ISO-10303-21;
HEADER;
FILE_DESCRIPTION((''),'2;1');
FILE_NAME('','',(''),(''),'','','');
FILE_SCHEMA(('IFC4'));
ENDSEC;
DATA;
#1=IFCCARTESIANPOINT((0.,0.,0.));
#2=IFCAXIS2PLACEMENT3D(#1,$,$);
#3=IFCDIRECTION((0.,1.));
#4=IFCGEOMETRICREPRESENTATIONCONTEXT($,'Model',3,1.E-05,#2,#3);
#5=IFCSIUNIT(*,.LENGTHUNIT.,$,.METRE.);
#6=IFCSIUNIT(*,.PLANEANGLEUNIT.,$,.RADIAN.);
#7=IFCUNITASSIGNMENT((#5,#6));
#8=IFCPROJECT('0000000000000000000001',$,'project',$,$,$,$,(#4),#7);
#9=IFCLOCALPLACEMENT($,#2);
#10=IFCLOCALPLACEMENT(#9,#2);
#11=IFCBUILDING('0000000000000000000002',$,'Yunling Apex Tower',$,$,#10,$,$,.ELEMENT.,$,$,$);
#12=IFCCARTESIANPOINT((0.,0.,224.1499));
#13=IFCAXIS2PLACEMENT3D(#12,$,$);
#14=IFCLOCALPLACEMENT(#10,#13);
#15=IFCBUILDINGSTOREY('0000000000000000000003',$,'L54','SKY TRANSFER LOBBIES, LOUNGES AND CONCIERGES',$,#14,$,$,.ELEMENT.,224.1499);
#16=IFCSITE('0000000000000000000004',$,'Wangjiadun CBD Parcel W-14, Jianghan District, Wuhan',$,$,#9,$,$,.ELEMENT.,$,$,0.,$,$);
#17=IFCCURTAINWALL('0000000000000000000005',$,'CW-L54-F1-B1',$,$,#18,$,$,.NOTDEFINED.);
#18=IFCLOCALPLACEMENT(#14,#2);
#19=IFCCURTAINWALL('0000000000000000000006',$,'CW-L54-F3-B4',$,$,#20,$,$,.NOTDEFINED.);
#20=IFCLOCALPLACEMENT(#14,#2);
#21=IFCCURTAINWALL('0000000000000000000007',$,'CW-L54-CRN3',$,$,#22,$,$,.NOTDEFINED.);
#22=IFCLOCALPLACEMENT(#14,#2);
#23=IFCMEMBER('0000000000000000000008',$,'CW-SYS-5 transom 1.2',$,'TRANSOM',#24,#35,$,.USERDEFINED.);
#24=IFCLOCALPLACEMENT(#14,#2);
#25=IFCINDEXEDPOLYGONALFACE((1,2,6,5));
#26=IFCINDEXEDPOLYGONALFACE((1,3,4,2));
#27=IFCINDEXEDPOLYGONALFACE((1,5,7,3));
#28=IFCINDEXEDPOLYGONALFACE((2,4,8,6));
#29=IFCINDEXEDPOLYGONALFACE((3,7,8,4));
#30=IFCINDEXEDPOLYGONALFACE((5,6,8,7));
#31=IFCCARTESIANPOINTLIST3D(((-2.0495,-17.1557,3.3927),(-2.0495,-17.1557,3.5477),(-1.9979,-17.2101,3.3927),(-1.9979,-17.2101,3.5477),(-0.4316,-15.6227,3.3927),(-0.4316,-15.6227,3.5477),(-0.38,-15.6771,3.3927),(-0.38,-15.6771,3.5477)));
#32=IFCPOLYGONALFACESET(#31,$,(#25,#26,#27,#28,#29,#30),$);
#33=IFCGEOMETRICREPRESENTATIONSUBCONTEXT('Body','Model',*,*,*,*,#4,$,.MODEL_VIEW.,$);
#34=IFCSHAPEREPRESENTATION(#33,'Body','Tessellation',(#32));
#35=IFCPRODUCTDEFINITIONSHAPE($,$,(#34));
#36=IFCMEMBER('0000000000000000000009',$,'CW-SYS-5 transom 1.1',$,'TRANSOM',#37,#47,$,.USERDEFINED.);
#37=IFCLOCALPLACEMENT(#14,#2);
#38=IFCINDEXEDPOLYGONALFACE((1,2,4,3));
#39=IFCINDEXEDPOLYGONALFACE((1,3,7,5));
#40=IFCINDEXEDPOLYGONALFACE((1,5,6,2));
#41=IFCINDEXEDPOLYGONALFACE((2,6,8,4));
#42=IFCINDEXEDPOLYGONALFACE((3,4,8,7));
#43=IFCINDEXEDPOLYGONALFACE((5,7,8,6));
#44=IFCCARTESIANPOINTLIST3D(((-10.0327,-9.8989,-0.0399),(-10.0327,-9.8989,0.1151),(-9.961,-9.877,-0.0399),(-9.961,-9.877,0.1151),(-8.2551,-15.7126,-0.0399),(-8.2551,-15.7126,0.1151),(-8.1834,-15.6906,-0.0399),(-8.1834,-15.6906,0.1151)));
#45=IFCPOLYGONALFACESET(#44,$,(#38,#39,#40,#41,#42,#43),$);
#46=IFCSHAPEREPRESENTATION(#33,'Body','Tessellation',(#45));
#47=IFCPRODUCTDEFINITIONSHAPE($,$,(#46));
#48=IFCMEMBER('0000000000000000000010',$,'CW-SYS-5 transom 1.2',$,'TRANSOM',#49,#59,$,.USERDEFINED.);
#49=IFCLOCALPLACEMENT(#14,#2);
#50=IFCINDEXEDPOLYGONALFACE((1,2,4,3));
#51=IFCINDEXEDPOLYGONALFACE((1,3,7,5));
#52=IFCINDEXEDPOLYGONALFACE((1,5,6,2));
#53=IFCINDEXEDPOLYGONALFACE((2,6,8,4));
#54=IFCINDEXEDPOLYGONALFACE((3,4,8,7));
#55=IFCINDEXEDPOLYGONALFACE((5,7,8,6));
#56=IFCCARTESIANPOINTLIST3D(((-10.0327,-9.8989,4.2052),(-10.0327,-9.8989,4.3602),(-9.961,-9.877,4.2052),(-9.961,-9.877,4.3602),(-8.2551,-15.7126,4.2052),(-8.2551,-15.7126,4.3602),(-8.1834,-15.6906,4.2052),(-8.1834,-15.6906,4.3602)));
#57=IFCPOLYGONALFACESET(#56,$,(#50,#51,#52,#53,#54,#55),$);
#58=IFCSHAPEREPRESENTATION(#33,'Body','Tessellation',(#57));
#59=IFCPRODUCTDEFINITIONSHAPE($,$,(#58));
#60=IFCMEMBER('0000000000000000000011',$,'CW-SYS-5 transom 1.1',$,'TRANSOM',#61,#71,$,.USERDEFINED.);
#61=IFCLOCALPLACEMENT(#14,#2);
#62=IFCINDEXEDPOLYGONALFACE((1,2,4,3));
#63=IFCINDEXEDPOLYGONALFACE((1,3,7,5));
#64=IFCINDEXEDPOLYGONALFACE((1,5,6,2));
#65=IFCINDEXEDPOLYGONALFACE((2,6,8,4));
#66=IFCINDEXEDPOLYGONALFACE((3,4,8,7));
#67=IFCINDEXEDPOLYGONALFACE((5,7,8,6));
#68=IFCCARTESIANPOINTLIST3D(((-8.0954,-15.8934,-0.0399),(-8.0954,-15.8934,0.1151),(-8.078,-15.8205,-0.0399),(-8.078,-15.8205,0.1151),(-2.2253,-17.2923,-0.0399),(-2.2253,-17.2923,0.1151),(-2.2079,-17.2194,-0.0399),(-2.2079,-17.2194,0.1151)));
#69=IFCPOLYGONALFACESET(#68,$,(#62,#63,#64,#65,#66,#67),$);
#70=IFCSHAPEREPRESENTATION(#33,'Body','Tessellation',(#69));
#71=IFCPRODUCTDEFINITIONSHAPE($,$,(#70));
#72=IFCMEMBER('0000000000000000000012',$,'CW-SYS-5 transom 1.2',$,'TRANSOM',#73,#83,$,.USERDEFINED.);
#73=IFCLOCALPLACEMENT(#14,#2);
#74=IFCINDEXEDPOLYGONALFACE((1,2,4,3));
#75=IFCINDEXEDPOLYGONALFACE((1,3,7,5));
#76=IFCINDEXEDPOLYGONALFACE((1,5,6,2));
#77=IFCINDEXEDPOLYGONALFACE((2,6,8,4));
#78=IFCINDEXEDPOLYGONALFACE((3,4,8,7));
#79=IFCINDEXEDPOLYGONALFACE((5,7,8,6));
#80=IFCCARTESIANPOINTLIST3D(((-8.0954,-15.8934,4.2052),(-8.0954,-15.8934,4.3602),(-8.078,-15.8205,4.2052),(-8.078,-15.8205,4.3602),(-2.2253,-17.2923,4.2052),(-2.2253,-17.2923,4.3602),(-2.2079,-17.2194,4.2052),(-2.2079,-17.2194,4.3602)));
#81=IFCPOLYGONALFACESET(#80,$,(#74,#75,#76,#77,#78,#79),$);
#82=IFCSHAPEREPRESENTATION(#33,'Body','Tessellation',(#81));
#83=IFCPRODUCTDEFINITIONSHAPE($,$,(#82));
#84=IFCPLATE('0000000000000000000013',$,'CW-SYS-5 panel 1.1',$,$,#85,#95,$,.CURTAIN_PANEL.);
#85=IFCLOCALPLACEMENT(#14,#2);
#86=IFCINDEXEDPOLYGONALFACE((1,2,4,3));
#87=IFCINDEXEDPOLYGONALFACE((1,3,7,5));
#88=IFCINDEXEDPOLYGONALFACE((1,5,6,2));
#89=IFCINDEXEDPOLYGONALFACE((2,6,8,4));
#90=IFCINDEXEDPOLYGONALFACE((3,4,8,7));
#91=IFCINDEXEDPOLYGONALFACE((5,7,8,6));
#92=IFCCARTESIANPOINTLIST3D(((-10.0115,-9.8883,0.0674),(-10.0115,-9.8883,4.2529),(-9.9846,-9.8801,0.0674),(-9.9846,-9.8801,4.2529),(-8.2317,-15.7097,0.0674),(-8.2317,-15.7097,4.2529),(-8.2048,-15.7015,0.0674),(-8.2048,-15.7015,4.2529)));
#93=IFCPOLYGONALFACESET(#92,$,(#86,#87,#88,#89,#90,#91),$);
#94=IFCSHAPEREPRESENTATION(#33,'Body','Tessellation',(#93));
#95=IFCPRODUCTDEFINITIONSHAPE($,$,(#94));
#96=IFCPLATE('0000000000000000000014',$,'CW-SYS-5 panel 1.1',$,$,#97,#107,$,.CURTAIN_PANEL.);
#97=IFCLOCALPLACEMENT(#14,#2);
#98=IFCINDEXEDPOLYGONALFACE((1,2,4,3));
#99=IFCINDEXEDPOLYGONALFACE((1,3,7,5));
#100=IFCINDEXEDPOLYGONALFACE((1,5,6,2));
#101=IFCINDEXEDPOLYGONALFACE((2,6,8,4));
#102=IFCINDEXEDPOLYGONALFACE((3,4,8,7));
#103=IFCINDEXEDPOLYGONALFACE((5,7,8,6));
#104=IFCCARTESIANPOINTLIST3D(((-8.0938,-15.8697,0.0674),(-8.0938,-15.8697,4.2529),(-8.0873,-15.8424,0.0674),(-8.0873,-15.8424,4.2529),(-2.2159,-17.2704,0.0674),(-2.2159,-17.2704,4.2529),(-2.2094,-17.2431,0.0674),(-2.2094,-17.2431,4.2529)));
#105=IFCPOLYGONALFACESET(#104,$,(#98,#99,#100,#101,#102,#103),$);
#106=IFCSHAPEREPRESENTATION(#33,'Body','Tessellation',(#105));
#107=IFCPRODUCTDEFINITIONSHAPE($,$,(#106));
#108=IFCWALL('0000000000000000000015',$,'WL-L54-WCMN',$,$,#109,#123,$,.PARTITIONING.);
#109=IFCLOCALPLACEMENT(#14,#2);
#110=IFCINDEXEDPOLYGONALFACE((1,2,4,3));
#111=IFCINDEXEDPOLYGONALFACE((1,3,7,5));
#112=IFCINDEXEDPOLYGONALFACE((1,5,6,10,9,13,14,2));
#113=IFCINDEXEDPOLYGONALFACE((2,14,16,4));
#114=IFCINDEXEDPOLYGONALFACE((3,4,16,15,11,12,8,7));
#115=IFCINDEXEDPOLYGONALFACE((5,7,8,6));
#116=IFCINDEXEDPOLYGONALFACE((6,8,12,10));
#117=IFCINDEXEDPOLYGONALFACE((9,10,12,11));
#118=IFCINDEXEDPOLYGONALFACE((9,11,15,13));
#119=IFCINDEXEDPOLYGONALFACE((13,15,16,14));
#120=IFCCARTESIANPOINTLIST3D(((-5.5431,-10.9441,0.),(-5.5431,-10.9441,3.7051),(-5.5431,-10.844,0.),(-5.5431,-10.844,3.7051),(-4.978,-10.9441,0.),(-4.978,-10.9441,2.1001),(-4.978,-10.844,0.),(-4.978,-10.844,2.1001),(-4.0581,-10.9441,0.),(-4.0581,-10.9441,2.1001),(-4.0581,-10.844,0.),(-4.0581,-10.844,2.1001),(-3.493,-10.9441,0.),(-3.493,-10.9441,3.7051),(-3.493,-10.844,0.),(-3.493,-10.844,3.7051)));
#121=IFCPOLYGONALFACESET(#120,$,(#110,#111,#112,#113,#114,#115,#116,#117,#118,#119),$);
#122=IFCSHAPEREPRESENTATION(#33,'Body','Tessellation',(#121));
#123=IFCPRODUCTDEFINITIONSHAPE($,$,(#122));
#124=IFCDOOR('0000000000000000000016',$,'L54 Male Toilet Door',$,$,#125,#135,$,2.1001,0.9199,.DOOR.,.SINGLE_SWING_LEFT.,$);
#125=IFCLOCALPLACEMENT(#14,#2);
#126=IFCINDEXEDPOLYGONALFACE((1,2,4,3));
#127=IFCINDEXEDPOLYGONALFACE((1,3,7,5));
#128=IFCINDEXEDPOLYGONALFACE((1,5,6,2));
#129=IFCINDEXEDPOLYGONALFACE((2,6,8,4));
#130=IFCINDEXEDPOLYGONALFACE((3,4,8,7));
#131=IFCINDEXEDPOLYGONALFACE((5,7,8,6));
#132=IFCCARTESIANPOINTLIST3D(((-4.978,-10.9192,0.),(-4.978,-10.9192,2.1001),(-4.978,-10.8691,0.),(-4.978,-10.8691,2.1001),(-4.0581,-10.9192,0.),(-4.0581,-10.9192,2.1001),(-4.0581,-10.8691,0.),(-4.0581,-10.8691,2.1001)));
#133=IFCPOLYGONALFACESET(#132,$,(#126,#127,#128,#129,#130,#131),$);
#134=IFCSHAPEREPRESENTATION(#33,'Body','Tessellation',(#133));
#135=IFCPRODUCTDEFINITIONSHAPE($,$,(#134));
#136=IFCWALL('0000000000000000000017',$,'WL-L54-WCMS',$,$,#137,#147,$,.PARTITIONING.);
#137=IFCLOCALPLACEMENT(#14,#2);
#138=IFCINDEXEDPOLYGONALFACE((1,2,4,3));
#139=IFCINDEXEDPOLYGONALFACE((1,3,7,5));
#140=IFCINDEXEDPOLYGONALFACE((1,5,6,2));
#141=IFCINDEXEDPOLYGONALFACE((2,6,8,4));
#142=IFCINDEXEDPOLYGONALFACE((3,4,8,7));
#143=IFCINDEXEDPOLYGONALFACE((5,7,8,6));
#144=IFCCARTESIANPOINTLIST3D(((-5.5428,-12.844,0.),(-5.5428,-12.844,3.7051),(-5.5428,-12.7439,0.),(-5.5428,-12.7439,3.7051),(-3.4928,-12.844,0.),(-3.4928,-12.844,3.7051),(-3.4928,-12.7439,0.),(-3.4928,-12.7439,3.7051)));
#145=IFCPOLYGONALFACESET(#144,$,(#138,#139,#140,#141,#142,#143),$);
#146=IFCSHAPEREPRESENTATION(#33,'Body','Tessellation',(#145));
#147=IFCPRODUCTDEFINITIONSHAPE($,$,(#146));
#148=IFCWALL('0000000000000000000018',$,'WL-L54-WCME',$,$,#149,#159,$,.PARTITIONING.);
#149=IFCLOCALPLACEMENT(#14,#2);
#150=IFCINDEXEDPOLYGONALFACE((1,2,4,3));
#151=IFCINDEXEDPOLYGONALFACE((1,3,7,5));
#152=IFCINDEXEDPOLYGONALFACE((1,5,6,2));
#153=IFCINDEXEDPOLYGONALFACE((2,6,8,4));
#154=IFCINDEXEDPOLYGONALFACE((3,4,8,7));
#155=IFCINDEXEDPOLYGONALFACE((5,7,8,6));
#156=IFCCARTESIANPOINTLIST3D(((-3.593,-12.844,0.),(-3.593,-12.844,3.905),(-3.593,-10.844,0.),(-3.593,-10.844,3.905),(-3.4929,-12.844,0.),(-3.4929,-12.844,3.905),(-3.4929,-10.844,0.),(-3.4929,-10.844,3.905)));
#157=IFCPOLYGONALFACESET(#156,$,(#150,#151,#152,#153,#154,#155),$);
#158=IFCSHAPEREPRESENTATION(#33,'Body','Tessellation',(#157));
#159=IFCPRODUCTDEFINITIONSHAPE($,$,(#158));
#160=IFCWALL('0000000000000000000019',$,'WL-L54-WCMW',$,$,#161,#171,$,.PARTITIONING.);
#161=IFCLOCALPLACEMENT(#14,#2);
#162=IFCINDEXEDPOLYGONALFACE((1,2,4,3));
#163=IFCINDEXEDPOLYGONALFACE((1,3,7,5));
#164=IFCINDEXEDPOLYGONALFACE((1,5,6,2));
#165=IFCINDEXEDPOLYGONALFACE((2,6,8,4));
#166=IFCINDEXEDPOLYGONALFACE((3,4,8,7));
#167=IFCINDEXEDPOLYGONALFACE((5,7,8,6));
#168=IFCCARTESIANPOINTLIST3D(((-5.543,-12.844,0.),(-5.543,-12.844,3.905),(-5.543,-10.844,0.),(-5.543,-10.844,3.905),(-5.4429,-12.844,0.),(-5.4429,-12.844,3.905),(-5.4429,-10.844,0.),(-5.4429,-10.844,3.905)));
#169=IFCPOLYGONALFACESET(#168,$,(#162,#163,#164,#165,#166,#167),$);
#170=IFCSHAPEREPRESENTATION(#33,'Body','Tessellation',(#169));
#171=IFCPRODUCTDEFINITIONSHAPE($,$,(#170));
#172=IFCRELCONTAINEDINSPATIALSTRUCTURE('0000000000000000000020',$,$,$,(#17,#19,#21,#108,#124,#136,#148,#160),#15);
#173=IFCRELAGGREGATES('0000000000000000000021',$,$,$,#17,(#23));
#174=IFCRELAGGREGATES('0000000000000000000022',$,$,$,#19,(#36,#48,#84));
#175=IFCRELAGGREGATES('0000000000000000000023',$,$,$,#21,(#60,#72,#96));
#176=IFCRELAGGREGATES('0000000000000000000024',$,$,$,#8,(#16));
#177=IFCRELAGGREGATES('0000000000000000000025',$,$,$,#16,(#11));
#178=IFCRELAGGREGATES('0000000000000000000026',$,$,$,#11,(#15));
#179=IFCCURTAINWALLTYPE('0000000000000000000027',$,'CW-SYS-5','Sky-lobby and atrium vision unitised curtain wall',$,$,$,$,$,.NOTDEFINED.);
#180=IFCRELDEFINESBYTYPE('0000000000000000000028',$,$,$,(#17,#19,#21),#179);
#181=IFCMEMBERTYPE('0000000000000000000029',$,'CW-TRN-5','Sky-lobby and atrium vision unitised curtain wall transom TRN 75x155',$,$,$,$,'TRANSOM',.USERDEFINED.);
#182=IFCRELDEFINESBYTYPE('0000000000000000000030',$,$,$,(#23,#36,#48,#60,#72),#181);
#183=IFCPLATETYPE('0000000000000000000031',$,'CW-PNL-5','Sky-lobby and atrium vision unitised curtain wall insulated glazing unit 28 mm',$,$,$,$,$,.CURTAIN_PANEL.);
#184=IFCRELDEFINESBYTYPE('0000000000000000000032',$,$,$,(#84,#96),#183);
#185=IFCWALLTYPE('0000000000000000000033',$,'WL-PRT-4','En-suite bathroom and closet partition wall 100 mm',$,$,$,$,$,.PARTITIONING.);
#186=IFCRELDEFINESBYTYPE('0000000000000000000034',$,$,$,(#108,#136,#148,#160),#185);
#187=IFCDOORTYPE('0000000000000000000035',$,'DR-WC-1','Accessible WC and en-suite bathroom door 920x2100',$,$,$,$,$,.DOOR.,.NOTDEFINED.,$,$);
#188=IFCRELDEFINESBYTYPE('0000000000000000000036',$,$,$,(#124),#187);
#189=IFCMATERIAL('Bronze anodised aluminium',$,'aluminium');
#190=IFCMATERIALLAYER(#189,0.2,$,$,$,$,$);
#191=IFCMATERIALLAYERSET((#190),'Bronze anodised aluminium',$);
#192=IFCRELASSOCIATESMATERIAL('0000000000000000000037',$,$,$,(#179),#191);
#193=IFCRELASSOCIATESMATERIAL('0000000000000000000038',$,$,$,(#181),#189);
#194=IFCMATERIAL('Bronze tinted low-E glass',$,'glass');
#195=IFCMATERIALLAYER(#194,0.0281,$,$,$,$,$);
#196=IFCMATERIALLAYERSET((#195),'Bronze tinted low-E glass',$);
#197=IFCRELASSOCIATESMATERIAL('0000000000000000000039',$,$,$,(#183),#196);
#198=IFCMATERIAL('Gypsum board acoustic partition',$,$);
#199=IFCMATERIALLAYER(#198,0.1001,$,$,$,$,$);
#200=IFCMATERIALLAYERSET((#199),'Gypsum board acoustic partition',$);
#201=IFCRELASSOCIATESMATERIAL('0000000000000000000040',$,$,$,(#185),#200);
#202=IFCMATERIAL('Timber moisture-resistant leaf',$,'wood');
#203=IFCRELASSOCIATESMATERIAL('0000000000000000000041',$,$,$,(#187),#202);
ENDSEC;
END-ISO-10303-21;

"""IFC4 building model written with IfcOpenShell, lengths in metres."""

from ifc_helpers import new_model, si_unit, direction, frame, frame_2d, origin, origin_2d, place, context, subcontext, project, spatial, rectangle, extrude, source, transform, mapped, material, layer, layer_set, material_profile, profile_set, type_object, element, fill, aggregate, save


model = new_model("IFC4")

# Units and contexts
model_context = context("Model", 3, precision=1e-05, world=origin(), true_north=direction((0.0, 1.0)))
body_context = subcontext(model_context, "Body", "Model", "MODEL_VIEW")
ifc_project = project(units=[si_unit("LENGTHUNIT", "METRE"), si_unit("PLANEANGLEUNIT", "RADIAN")], contexts=[model_context])

# Site, building, storey
site_placement = place(None, origin())
site = spatial("IfcSite", under=ifc_project, at=site_placement, Name="Wangjiadun CBD Parcel W-14, Jianghan District, Wuhan", CompositionType="ELEMENT", RefElevation=0.0)
building_placement = place(site_placement, origin())
building = spatial("IfcBuilding", under=site, at=building_placement, Name="Yunling Apex Tower", CompositionType="ELEMENT")
storey_placement = place(building_placement, frame((0.0, 0.0, 224.1499)))
storey = spatial("IfcBuildingStorey", under=building, at=storey_placement, Name="L54", Description="SKY TRANSFER LOBBIES, LOUNGES AND CONCIERGES", CompositionType="ELEMENT", Elevation=224.1499)

# Curtain wall
ifc_material_1 = material(Name="Bronze anodised aluminium", Category="aluminium")
ifc_layer_1 = layer(ifc_material_1, 0.2)
ifc_layer_set_1 = layer_set([ifc_layer_1], Name="Bronze anodised aluminium")
curtain_wall_type = type_object("IfcCurtainWallType", Name="CW-SYS-5", Description="Sky-lobby and atrium vision unitised curtain wall", PredefinedType="NOTDEFINED", material=ifc_layer_set_1)
curtain_wall_1_placement = place(storey_placement, origin())
curtain_wall_1 = element("IfcCurtainWall", 1, at=curtain_wall_1_placement, inside=storey, type_object=curtain_wall_type, Name="CW-L54-F1-B1", PredefinedType="NOTDEFINED")

# Curtain walls
curtain_wall_2_placement = place(storey_placement, origin())
curtain_wall_2 = element("IfcCurtainWall", 2, at=curtain_wall_2_placement, inside=storey, type_object=curtain_wall_type, Name="CW-L54-F3-B4", PredefinedType="NOTDEFINED")
curtain_wall_3_placement = place(storey_placement, origin())
curtain_wall_3 = element("IfcCurtainWall", 3, at=curtain_wall_3_placement, inside=storey, type_object=curtain_wall_type, Name="CW-L54-CRN3", PredefinedType="NOTDEFINED")

# Members
ifc_material_profile_1 = material_profile(ifc_material_1, rectangle(XDim=0.075, YDim=0.155, at=origin_2d()))
ifc_profile_set_1 = profile_set([ifc_material_profile_1], Name="Bronze anodised aluminium")
member_type_1 = type_object("IfcMemberType", Name="CW-TRN-5", Description="Sky-lobby and atrium vision unitised curtain wall transom TRN 75x155", ElementType="TRANSOM", PredefinedType="USERDEFINED", material=ifc_profile_set_1)
shared_shape_1 = source(origin(), body_context, "Body", "SweptSolid", [
    extrude(rectangle(XDim=0.075, YDim=0.155, at=origin_2d()), origin(), (0.0, 0.0, 1.0), 2.2288),
])
member_1_placement = place(storey_placement, frame((-2.0237, -17.1829, 3.4702), z_axis=(0.72591, 0.68779, 0.0), x_axis=(-0.68779, 0.72591, 0.0)))
member_1 = element("IfcMember", 4, at=member_1_placement, type_object=member_type_1, Name="CW-SYS-5 transom 1.2", ObjectType="TRANSOM", PredefinedType="USERDEFINED", context=body_context, shape_type="MappedRepresentation", body=[
    mapped(shared_shape_1, transform((0.0, 0.0, 0.0), scale=1.0)),
])
aggregate(curtain_wall_1, [member_1])
shared_shape_2 = source(origin(), body_context, "Body", "SweptSolid", [
    extrude(rectangle(XDim=0.075, YDim=0.155, at=origin_2d()), origin(), (0.0, 0.0, 1.0), 6.0793),
])
member_2_placement = place(storey_placement, frame((-9.9968, -9.8879, 0.0376), z_axis=(0.292395, -0.956298, 0.0), x_axis=(0.956298, 0.292395, 0.0)))
member_2 = element("IfcMember", 5, at=member_2_placement, type_object=member_type_1, Name="CW-SYS-5 transom 1.1", ObjectType="TRANSOM", PredefinedType="USERDEFINED", context=body_context, shape_type="MappedRepresentation", body=[
    mapped(shared_shape_2, transform((0.0, 0.0, 0.0), scale=1.0)),
])
member_3_placement = place(storey_placement, frame((-9.9968, -9.8879, 4.2827), z_axis=(0.292395, -0.956298, 0.0), x_axis=(0.956298, 0.292395, 0.0)))
member_3 = element("IfcMember", 6, at=member_3_placement, type_object=member_type_1, Name="CW-SYS-5 transom 1.2", ObjectType="TRANSOM", PredefinedType="USERDEFINED", context=body_context, shape_type="MappedRepresentation", body=[
    mapped(shared_shape_2, transform((0.0, 0.0, 0.0), scale=1.0)),
])
shared_shape_3 = source(origin(), body_context, "Body", "SweptSolid", [
    extrude(rectangle(XDim=0.075, YDim=0.155, at=origin_2d()), origin(), (0.0, 0.0, 1.0), 6.0344),
])
member_4_placement = place(storey_placement, frame((-8.0867, -15.8569, 0.0376), z_axis=(0.972758, -0.231821, 0.0), x_axis=(0.231821, 0.972758, 0.0)))
member_4 = element("IfcMember", 7, at=member_4_placement, type_object=member_type_1, Name="CW-SYS-5 transom 1.1", ObjectType="TRANSOM", PredefinedType="USERDEFINED", context=body_context, shape_type="MappedRepresentation", body=[
    mapped(shared_shape_3, transform((0.0, 0.0, 0.0), scale=1.0)),
])
member_5_placement = place(storey_placement, frame((-8.0867, -15.8569, 4.2827), z_axis=(0.972758, -0.231821, 0.0), x_axis=(0.231821, 0.972758, 0.0)))
member_5 = element("IfcMember", 8, at=member_5_placement, type_object=member_type_1, Name="CW-SYS-5 transom 1.2", ObjectType="TRANSOM", PredefinedType="USERDEFINED", context=body_context, shape_type="MappedRepresentation", body=[
    mapped(shared_shape_3, transform((0.0, 0.0, 0.0), scale=1.0)),
])

# Plates
ifc_material_2 = material(Name="Bronze tinted low-E glass", Category="glass")
ifc_layer_2 = layer(ifc_material_2, 0.0281)
ifc_layer_set_2 = layer_set([ifc_layer_2], Name="Bronze tinted low-E glass")
plate_type = type_object("IfcPlateType", Name="CW-PNL-5", Description="Sky-lobby and atrium vision unitised curtain wall insulated glazing unit 28 mm", PredefinedType="CURTAIN_PANEL", material=ifc_layer_set_2)
shared_shape_4 = source(origin(), body_context, "Body", "SweptSolid", [
    extrude(rectangle(XDim=6.0874, YDim=0.0281, at=origin_2d()), origin(), (0.0, 0.0, 1.0), 4.1855),
])
plate_1_placement = place(storey_placement, frame((-9.1082, -12.7949, 0.0674), z_axis=(0.0, 0.0, 1.0), x_axis=(0.292372, -0.956305, 0.0)))
plate_1 = element("IfcPlate", 9, at=plate_1_placement, type_object=plate_type, Name="CW-SYS-5 panel 1.1", PredefinedType="CURTAIN_PANEL", context=body_context, shape_type="MappedRepresentation", body=[
    mapped(shared_shape_4, transform((0.0, 0.0, 0.0), scale=1.0)),
])
aggregate(curtain_wall_2, [member_2, member_3, plate_1])
shared_shape_5 = source(origin(), body_context, "Body", "SweptSolid", [
    extrude(rectangle(XDim=6.0425, YDim=0.0281, at=origin_2d()), origin(), (0.0, 0.0, 1.0), 4.1855),
])
plate_2_placement = place(storey_placement, frame((-5.1516, -16.5564, 0.0674), z_axis=(0.0, 0.0, 1.0), x_axis=(0.972761, -0.231809, 0.0)))
plate_2 = element("IfcPlate", 10, at=plate_2_placement, type_object=plate_type, Name="CW-SYS-5 panel 1.1", PredefinedType="CURTAIN_PANEL", context=body_context, shape_type="MappedRepresentation", body=[
    mapped(shared_shape_5, transform((0.0, 0.0, 0.0), scale=1.0)),
])
aggregate(curtain_wall_3, [member_4, member_5, plate_2])

# Wall, opening, door
ifc_material_3 = material(Name="Gypsum board acoustic partition")
ifc_layer_3 = layer(ifc_material_3, 0.1001)
ifc_layer_set_3 = layer_set([ifc_layer_3], Name="Gypsum board acoustic partition")
wall_type = type_object("IfcWallType", Name="WL-PRT-4", Description="En-suite bathroom and closet partition wall 100 mm", PredefinedType="PARTITIONING", material=ifc_layer_set_3)
wall_1_placement = place(storey_placement, frame((-5.543, -10.894, 0.0), z_axis=(0.0, 0.0, 1.0), x_axis=(1.0, 0.0, 0.0)))
wall_1 = element("IfcWall", 11, at=wall_1_placement, inside=storey, type_object=wall_type, Name="WL-L54-WCMN", PredefinedType="PARTITIONING", context=body_context, shape_type="SweptSolid", body=[
    extrude(rectangle(XDim=2.05, YDim=0.1001, at=frame_2d((1.0249, 0.0))), origin(), (0.0, 0.0, 1.0), 3.7051),
])
opening_placement = place(wall_1_placement, frame((0.5649, 0.0, 0.0)))
opening = element("IfcOpeningElement", 12, at=opening_placement, cuts=wall_1, PredefinedType="OPENING", context=body_context, shape_type="SweptSolid", body=[
    extrude(rectangle(XDim=0.9199, YDim=2.1001, at=frame_2d((0.46, 1.05))), frame((0.0, 0.0601, 0.0), z_axis=(0.0, -1.0, 0.0), x_axis=(1.0, 0.0, 0.0)), (0.0, 0.0, 1.0), 0.1201),
])
ifc_material_4 = material(Name="Timber moisture-resistant leaf", Category="wood")
door_type = type_object("IfcDoorType", Name="DR-WC-1", Description="Accessible WC and en-suite bathroom door 920x2100", OperationType="NOTDEFINED", PredefinedType="DOOR", material=ifc_material_4)
door_placement = place(opening_placement, origin())
door = element("IfcDoor", 13, at=door_placement, inside=storey, type_object=door_type, Name="L54 Male Toilet Door", OperationType="SINGLE_SWING_LEFT", OverallHeight=2.1001, OverallWidth=0.9199, PredefinedType="DOOR", context=body_context, shape_type="SweptSolid", body=[
    extrude(rectangle(XDim=0.9199, YDim=2.1001, at=frame_2d((0.46, 1.05))), frame((0.0, 0.0249, 0.0), z_axis=(0.0, -1.0, 0.0), x_axis=(1.0, 0.0, 0.0)), (0.0, 0.0, 1.0), 0.05),
])
fill(opening, door)

# Walls
wall_2_placement = place(storey_placement, frame((-3.4929, -12.7939, 0.0), z_axis=(0.0, 0.0, 1.0), x_axis=(-1.0, 0.0, 0.0)))
element("IfcWall", 14, at=wall_2_placement, inside=storey, type_object=wall_type, Name="WL-L54-WCMS", PredefinedType="PARTITIONING", context=body_context, shape_type="SweptSolid", body=[
    extrude(rectangle(XDim=2.05, YDim=0.1001, at=frame_2d((1.0249, 0.0))), origin(), (0.0, 0.0, 1.0), 3.7051),
])
for number, where, z_axis, x_axis, name in (
    (15, (-3.543, -10.844, 0.0), (0.0, 0.0, 1.0), (0.0, -1.0, 0.0), "WL-L54-WCME"),
    (16, (-5.4929, -12.844, 0.0), (0.0, 0.0, 1.0), (0.0, 1.0, 0.0), "WL-L54-WCMW"),
):
    element("IfcWall", number, at=place(storey_placement, frame(where, z_axis=z_axis, x_axis=x_axis)), inside=storey, type_object=wall_type, Name=name, PredefinedType="PARTITIONING", context=body_context, shape_type="SweptSolid", body=[
        extrude(rectangle(XDim=2.0, YDim=0.1001, at=frame_2d((1.0, 0.0))), origin(), (0.0, 0.0, 1.0), 3.905),
    ])

save(model, "model.ifc")
